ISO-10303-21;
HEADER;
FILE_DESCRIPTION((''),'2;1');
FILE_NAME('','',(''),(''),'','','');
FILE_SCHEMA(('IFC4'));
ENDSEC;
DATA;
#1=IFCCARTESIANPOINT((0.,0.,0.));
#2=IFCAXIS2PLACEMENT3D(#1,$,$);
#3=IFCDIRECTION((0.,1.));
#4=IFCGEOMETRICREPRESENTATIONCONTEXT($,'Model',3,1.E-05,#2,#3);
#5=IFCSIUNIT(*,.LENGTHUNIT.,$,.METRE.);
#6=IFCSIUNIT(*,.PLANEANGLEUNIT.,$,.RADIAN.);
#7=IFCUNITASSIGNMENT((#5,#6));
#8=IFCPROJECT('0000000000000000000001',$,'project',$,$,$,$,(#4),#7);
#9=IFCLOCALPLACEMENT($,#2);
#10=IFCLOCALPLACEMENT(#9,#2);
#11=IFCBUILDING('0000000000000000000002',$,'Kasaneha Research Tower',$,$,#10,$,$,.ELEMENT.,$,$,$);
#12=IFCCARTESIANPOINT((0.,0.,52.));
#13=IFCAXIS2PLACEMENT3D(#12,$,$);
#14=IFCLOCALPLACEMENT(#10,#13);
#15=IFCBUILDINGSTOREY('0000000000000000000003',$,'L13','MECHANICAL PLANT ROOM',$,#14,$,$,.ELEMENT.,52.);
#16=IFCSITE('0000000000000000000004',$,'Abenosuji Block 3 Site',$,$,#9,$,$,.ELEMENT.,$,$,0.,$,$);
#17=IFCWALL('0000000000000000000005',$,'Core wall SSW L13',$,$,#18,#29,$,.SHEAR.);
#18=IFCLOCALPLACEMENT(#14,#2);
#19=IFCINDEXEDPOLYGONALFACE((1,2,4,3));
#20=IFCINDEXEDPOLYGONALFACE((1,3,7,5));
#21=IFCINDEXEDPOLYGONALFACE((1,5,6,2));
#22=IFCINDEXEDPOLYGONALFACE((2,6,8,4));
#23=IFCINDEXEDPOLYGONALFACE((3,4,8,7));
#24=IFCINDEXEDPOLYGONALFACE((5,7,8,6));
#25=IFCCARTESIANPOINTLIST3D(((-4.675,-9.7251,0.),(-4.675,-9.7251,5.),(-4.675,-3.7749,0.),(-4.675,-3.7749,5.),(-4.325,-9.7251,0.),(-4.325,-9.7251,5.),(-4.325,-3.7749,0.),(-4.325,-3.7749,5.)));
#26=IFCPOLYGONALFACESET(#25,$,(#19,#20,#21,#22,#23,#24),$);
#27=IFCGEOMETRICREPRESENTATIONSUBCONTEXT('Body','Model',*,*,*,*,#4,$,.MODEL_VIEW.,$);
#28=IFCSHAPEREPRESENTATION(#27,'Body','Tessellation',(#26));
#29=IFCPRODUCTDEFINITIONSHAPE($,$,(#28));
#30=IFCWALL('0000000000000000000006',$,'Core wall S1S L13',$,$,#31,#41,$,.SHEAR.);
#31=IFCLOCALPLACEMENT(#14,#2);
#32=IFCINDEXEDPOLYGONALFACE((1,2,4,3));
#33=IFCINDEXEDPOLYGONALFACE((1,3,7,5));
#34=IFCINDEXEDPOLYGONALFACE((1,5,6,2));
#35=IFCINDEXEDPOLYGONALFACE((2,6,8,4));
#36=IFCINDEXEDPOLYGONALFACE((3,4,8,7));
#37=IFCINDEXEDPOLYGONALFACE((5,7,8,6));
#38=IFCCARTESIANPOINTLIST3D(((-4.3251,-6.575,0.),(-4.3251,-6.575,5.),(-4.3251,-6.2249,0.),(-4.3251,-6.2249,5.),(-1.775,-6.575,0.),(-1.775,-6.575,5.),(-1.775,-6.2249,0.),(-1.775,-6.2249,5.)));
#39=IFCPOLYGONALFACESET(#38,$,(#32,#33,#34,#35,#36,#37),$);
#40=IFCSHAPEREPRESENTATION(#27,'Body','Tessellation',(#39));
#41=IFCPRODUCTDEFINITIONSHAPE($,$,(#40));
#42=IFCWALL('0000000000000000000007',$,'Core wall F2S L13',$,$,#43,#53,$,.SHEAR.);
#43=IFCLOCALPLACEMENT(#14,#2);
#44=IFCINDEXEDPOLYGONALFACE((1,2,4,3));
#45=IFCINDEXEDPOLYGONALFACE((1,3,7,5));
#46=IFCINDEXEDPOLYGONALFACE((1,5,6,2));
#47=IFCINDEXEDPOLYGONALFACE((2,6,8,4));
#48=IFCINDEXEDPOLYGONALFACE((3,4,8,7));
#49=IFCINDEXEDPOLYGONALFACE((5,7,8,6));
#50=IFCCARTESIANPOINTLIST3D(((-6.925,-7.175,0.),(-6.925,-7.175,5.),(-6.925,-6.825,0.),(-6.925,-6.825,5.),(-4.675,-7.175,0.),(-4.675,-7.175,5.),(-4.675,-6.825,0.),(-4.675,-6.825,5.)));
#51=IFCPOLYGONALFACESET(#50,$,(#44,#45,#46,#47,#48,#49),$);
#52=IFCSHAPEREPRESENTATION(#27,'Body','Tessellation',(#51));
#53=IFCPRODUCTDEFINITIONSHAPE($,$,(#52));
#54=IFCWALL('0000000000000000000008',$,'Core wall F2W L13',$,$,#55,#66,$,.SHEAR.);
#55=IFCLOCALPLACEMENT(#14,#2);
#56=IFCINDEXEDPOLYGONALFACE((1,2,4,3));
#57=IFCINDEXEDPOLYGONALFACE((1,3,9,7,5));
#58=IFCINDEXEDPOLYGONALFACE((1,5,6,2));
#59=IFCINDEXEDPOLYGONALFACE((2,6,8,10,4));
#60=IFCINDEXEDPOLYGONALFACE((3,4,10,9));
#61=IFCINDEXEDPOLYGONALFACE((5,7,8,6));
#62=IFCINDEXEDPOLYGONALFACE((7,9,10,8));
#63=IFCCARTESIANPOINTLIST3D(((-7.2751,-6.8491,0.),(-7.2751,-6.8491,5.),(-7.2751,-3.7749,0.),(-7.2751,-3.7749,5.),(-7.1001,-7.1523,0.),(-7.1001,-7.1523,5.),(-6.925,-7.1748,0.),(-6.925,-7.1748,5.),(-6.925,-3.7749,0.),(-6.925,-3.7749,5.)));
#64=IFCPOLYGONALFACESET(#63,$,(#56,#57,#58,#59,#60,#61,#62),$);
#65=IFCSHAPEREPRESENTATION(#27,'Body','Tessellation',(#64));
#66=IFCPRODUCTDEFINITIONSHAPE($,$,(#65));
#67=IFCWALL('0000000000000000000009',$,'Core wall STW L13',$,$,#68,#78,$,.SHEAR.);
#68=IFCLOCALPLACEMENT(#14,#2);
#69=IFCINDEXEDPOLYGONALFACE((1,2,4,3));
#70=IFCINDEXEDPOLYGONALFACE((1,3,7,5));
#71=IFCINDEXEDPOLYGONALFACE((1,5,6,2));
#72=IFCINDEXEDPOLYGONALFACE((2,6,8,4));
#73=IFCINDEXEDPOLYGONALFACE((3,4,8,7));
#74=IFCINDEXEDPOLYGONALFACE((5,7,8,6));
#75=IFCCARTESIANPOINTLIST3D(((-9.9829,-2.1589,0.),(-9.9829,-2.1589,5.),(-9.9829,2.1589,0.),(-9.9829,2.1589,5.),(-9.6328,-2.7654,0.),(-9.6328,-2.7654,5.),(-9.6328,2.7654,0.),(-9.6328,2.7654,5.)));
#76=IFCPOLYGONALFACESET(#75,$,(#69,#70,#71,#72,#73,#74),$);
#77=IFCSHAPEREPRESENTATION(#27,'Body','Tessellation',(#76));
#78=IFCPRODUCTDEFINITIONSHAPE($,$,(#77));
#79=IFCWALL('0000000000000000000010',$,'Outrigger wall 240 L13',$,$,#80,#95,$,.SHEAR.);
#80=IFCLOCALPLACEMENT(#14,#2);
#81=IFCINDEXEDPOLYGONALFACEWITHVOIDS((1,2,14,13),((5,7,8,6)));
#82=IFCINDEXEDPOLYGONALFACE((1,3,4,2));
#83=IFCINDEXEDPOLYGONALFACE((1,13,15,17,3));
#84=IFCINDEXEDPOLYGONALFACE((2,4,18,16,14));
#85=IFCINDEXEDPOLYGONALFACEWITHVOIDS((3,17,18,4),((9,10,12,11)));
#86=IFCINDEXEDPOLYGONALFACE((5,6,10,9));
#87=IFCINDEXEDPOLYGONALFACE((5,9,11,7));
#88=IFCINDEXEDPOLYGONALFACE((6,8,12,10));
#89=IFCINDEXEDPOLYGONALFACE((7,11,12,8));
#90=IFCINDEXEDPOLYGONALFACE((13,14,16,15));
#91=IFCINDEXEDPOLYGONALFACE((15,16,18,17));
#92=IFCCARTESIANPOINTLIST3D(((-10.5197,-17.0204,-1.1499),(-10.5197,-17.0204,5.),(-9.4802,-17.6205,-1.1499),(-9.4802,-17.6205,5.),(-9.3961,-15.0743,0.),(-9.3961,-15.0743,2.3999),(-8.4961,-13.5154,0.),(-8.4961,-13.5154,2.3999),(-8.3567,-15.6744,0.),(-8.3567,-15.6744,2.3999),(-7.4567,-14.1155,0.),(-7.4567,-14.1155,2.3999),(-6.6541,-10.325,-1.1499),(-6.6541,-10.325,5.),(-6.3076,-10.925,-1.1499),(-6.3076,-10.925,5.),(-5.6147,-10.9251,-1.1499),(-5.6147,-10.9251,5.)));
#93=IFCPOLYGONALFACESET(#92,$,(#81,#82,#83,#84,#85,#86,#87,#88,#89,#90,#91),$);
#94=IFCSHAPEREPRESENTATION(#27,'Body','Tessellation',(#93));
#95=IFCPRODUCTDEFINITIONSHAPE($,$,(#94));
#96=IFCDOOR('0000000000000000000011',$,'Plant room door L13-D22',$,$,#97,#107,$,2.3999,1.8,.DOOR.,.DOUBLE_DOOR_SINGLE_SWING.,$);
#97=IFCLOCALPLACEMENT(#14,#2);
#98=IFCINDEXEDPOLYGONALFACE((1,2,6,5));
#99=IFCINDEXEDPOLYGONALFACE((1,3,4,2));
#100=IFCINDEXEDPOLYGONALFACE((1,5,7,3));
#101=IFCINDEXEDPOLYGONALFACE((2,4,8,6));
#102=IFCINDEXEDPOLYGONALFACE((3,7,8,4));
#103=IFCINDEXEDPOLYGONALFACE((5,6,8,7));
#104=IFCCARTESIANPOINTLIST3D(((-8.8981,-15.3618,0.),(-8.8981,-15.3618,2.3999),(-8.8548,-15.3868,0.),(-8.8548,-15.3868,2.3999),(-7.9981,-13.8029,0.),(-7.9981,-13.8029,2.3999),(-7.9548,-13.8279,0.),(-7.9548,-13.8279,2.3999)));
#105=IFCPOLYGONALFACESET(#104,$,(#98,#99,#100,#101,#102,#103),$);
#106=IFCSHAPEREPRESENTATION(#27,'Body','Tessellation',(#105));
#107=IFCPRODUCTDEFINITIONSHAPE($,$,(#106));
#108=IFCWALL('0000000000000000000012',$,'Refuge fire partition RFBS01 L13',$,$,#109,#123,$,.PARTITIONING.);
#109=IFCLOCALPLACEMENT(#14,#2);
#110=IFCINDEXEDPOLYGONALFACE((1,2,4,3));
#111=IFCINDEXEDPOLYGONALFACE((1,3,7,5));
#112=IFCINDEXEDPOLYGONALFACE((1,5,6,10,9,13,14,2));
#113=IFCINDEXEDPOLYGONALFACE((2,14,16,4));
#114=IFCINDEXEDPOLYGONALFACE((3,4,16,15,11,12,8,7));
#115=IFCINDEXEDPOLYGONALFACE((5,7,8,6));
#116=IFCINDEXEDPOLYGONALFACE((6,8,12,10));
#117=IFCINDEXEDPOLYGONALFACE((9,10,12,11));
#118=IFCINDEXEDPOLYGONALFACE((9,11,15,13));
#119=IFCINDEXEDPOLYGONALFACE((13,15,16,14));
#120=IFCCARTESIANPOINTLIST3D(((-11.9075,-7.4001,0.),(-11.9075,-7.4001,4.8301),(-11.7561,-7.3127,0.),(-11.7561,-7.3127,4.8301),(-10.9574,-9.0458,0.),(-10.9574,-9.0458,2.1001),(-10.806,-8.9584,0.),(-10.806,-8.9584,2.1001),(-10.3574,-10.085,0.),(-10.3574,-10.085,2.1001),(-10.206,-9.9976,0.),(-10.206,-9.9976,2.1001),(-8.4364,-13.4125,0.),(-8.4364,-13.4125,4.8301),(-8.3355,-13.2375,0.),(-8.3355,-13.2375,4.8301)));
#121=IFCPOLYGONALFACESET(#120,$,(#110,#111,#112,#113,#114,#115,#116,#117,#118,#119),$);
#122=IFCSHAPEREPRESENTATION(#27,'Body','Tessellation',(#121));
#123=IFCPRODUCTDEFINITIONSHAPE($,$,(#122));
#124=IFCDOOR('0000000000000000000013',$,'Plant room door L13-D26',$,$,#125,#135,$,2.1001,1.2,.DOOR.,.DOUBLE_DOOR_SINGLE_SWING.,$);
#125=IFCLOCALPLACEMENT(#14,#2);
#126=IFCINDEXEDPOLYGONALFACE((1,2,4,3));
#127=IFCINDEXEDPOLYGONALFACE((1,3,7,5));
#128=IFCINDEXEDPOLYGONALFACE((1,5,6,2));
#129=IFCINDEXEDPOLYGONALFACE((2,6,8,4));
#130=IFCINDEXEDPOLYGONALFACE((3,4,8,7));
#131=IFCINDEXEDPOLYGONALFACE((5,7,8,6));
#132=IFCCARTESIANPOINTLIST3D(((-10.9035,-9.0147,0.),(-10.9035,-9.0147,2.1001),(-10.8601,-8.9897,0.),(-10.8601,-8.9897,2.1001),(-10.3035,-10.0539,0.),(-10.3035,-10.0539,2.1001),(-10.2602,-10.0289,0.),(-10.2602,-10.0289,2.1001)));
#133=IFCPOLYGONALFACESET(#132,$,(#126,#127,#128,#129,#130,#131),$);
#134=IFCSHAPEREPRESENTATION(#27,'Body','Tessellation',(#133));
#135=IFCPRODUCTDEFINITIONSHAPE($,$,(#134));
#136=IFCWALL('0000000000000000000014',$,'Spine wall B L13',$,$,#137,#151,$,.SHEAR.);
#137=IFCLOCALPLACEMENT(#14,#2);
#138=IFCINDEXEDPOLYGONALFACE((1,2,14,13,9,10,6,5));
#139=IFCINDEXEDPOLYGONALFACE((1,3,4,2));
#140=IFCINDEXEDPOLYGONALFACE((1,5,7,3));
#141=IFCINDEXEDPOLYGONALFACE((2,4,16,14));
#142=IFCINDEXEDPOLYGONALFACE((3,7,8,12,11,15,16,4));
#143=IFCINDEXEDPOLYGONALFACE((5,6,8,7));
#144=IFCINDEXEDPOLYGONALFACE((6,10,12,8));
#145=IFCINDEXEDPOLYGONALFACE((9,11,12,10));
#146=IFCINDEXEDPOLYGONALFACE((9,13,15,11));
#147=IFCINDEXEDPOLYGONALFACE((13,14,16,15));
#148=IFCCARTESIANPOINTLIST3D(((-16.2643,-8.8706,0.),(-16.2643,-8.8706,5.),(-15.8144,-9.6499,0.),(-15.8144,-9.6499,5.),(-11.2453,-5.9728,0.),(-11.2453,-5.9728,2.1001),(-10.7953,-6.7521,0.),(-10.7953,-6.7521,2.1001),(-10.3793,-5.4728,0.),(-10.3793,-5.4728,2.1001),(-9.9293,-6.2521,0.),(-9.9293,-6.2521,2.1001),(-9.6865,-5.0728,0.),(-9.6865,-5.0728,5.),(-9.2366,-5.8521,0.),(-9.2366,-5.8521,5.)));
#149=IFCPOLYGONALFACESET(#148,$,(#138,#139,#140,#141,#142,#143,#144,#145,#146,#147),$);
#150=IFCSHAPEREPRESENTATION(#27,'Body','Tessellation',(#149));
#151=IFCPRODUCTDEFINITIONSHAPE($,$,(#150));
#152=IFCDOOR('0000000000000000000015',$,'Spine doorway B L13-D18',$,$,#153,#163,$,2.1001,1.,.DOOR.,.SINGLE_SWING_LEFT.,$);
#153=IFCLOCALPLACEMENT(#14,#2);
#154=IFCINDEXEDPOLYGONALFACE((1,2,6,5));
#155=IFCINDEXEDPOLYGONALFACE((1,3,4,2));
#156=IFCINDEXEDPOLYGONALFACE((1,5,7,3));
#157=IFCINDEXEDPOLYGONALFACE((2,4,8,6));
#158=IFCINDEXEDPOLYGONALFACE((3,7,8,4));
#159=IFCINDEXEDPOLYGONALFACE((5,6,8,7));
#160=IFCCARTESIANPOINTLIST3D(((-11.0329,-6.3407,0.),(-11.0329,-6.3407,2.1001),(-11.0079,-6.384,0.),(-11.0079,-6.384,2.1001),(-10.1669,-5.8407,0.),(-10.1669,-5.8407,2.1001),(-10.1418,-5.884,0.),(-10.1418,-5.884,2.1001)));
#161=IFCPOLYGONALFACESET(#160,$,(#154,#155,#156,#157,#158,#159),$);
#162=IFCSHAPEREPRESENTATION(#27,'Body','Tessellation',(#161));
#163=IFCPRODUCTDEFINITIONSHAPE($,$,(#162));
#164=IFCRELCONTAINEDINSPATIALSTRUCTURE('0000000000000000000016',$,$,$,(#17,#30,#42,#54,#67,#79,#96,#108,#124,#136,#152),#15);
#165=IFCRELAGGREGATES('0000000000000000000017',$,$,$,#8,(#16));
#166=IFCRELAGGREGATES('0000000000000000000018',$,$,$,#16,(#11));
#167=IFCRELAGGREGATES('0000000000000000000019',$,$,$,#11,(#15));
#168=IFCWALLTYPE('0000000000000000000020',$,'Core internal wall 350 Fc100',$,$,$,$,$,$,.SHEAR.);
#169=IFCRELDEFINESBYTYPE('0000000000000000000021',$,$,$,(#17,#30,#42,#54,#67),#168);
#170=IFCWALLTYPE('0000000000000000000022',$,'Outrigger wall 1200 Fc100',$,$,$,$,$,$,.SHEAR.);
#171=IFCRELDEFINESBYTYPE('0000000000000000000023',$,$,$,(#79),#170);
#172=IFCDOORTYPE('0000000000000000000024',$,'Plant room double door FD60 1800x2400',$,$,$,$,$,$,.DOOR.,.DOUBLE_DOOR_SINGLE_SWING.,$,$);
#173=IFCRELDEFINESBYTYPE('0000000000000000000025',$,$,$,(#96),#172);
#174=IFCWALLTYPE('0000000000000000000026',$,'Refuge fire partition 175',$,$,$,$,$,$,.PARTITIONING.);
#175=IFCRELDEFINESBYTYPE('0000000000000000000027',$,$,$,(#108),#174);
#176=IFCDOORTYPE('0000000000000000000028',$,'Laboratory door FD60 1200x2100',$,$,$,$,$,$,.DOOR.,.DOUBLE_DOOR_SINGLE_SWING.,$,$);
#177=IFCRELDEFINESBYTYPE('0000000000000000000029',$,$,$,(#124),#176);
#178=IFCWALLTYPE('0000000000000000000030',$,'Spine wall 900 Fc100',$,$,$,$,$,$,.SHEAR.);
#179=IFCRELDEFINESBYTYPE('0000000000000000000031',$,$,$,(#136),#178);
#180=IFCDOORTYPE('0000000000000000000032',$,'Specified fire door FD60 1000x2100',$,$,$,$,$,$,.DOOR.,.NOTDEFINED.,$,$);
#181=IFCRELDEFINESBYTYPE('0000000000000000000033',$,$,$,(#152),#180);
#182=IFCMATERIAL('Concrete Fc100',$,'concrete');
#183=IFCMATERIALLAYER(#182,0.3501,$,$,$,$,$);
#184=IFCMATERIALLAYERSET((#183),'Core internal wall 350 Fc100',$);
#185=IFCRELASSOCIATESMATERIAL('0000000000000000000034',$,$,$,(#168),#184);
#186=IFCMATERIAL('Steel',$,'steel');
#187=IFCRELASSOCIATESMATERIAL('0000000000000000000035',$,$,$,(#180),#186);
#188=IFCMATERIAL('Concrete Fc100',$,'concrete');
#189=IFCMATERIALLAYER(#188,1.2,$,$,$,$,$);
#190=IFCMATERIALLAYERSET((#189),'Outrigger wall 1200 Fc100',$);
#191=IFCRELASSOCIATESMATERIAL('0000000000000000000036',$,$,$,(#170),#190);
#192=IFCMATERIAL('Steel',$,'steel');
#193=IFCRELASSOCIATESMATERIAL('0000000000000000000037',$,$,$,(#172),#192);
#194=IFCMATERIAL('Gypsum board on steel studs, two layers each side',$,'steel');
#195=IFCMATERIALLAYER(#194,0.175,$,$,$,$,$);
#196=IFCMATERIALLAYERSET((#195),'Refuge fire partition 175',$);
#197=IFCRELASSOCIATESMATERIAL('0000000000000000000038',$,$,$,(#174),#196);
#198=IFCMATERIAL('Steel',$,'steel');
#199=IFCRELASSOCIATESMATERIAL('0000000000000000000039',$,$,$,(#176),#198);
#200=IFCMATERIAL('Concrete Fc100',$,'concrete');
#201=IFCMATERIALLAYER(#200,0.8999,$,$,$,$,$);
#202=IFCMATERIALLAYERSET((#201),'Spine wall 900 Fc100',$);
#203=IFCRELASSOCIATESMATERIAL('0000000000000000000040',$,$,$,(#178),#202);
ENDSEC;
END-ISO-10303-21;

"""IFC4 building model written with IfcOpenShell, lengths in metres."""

from ifc_helpers import new_model, si_unit, direction, frame, frame_2d, origin, place, context, subcontext, project, spatial, polyline, rectangle, outline, extrude, material, layer, layer_set, type_object, element, fill, save


model = new_model("IFC4")

# Units and contexts
model_context = context("Model", 3, precision=1e-05, world=origin(), true_north=direction((0.0, 1.0)))
body_context = subcontext(model_context, "Body", "Model", "MODEL_VIEW")
ifc_project = project(units=[si_unit("LENGTHUNIT", "METRE"), si_unit("PLANEANGLEUNIT", "RADIAN")], contexts=[model_context])

# Site, building, storey
site_placement = place(None, origin())
site = spatial("IfcSite", under=ifc_project, at=site_placement, Name="Abenosuji Block 3 Site", CompositionType="ELEMENT", RefElevation=0.0)
building_placement = place(site_placement, origin())
building = spatial("IfcBuilding", under=site, at=building_placement, Name="Kasaneha Research Tower", CompositionType="ELEMENT")
storey_placement = place(building_placement, frame((0.0, 0.0, 52.0)))
storey = spatial("IfcBuildingStorey", under=building, at=storey_placement, Name="L13", Description="MECHANICAL PLANT ROOM", CompositionType="ELEMENT", Elevation=52.0)

# Shared definitions
ifc_material_1 = material(Name="Concrete Fc100", Category="concrete")
ifc_layer_1 = layer(ifc_material_1, 0.3501)
ifc_layer_set_1 = layer_set([ifc_layer_1], Name="Core internal wall 350 Fc100")
wall_type_1 = type_object("IfcWallType", Name="Core internal wall 350 Fc100", PredefinedType="SHEAR", material=ifc_layer_set_1)
ifc_material_2 = material(Name="Steel", Category="steel")
door_type_1 = type_object("IfcDoorType", Name="Specified fire door FD60 1000x2100", OperationType="NOTDEFINED", PredefinedType="DOOR", material=ifc_material_2)

# Walls
wall_1_placement = place(storey_placement, frame((-4.5, -3.7749, 0.0), z_axis=(0.0, 0.0, 1.0), x_axis=(0.0, -1.0, 0.0)))
element("IfcWall", 1, at=wall_1_placement, inside=storey, type_object=wall_type_1, Name="Core wall SSW L13", PredefinedType="SHEAR", context=body_context, shape_type="SweptSolid", body=[
    extrude(rectangle(XDim=5.9502, YDim=0.3501, at=frame_2d((2.9751, 0.0))), origin(), (0.0, 0.0, 1.0), 5.0),
])
wall_2_placement = place(storey_placement, frame((-4.325, -6.3999, 0.0), z_axis=(0.0, 0.0, 1.0), x_axis=(1.0, 0.0, 0.0)))
element("IfcWall", 2, at=wall_2_placement, inside=storey, type_object=wall_type_1, Name="Core wall S1S L13", PredefinedType="SHEAR", context=body_context, shape_type="SweptSolid", body=[
    extrude(rectangle(XDim=2.55, YDim=0.3501, at=frame_2d((1.2749, 0.0))), origin(), (0.0, 0.0, 1.0), 5.0),
])
wall_3_placement = place(storey_placement, frame((-6.925, -7.0, 0.0), z_axis=(0.0, 0.0, 1.0), x_axis=(1.0, 0.0, 0.0)))
element("IfcWall", 3, at=wall_3_placement, inside=storey, type_object=wall_type_1, Name="Core wall F2S L13", PredefinedType="SHEAR", context=body_context, shape_type="SweptSolid", body=[
    extrude(rectangle(XDim=2.25, YDim=0.3501, at=frame_2d((1.125, 0.0))), origin(), (0.0, 0.0, 1.0), 5.0),
])
wall_4_placement = place(storey_placement, frame((-7.1001, -3.7749, 0.0), z_axis=(0.0, 0.0, 1.0), x_axis=(0.0, -1.0, 0.0)))
element("IfcWall", 4, at=wall_4_placement, inside=storey, type_object=wall_type_1, Name="Core wall F2W L13", PredefinedType="SHEAR", context=body_context, shape_type="SweptSolid", body=[
    extrude(outline(polyline([(0.0, -0.175), (3.0742, -0.175), (3.3774, 0.0), (3.3999, 0.175), (0.0, 0.175), (0.0, -0.175)])), origin(), (0.0, 0.0, 1.0), 5.0),
])
wall_5_placement = place(storey_placement, frame((-9.8079, -2.4622, 0.0), z_axis=(0.0, 0.0, 1.0), x_axis=(0.0, 1.0, 0.0)))
element("IfcWall", 5, at=wall_5_placement, inside=storey, type_object=wall_type_1, Name="Core wall STW L13", PredefinedType="SHEAR", context=body_context, shape_type="SweptSolid", body=[
    extrude(outline(polyline([(-0.3032, -0.175), (5.2275, -0.175), (4.6211, 0.175), (0.3032, 0.175), (-0.3032, -0.175)])), origin(), (0.0, 0.0, 1.0), 5.0),
])

# Walls, openings, doors
ifc_material_3 = material(Name="Concrete Fc100", Category="concrete")
ifc_layer_2 = layer(ifc_material_3, 1.2)
ifc_layer_set_2 = layer_set([ifc_layer_2], Name="Outrigger wall 1200 Fc100")
wall_type_2 = type_object("IfcWallType", Name="Outrigger wall 1200 Fc100", PredefinedType="SHEAR", material=ifc_layer_set_2)
wall_6_placement = place(storey_placement, frame((-6.3076, -10.925, -1.1499), z_axis=(0.0, 0.0, 1.0), x_axis=(-0.499993, -0.866029, 0.0)))
wall_6 = element("IfcWall", 6, at=wall_6_placement, inside=storey, type_object=wall_type_2, Name="Outrigger wall 240 L13", PredefinedType="SHEAR", context=body_context, shape_type="SweptSolid", body=[
    extrude(outline(polyline([(-0.3464, -0.6001), (3.3376, -0.6001), (5.1377, -0.6001), (7.3848, -0.6001), (7.3848, 0.6001), (5.1377, 0.6001), (3.3376, 0.6001), (-0.3464, 0.6001), (0.0, 0.0), (-0.3464, -0.6001)])), origin(), (0.0, 0.0, 1.0), 6.1499),
])
opening_1_placement = place(wall_6_placement, frame((3.3376, 0.0, 1.1499)))
opening_1 = element("IfcOpeningElement", 7, at=opening_1_placement, cuts=wall_6, PredefinedType="OPENING", context=body_context, shape_type="SweptSolid", body=[
    extrude(rectangle(XDim=1.8, YDim=2.3999, at=frame_2d((0.8999, 1.2))), frame((0.0, 0.6099, 0.0), z_axis=(0.0, -1.0, 0.0), x_axis=(1.0, 0.0, 0.0)), (0.0, 0.0, 1.0), 1.22),
])
ifc_material_4 = material(Name="Steel", Category="steel")
door_type_2 = type_object("IfcDoorType", Name="Plant room double door FD60 1800x2400", OperationType="DOUBLE_DOOR_SINGLE_SWING", PredefinedType="DOOR", material=ifc_material_4)
door_1_placement = place(opening_1_placement, origin())
door_1 = element("IfcDoor", 8, at=door_1_placement, inside=storey, type_object=door_type_2, Name="Plant room door L13-D22", OperationType="DOUBLE_DOOR_SINGLE_SWING", OverallHeight=2.3999, OverallWidth=1.8, PredefinedType="DOOR", context=body_context, shape_type="SweptSolid", body=[
    extrude(rectangle(XDim=1.8, YDim=2.3999, at=frame_2d((0.8999, 1.2))), frame((0.0, 0.0249, 0.0), z_axis=(0.0, -1.0, 0.0), x_axis=(1.0, 0.0, 0.0)), (0.0, 0.0, 1.0), 0.05),
])
fill(opening_1, door_1)
ifc_material_5 = material(Name="Gypsum board on steel studs, two layers each side", Category="steel")
ifc_layer_3 = layer(ifc_material_5, 0.175)
ifc_layer_set_3 = layer_set([ifc_layer_3], Name="Refuge fire partition 175")
wall_type_3 = type_object("IfcWallType", Name="Refuge fire partition 175", PredefinedType="PARTITIONING", material=ifc_layer_set_3)
wall_7_placement = place(storey_placement, frame((-11.8318, -7.3564, 0.0), z_axis=(0.0, 0.0, 1.0), x_axis=(0.499987, -0.866033, 0.0)))
wall_7 = element("IfcWall", 9, at=wall_7_placement, inside=storey, type_object=wall_type_3, Name="Refuge fire partition RFBS01 L13", PredefinedType="PARTITIONING", context=body_context, shape_type="SweptSolid", body=[
    extrude(outline(polyline([(0.0, -0.0874), (1.9001, -0.0874), (3.1001, -0.0874), (6.9424, -0.0874), (6.8413, 0.0874), (3.1001, 0.0874), (1.9001, 0.0874), (0.0, 0.0874), (0.0, -0.0874)])), origin(), (0.0, 0.0, 1.0), 4.8301),
])
opening_2_placement = place(wall_7_placement, frame((1.9001, 0.0, 0.0)))
opening_2 = element("IfcOpeningElement", 10, at=opening_2_placement, cuts=wall_7, PredefinedType="OPENING", context=body_context, shape_type="SweptSolid", body=[
    extrude(rectangle(XDim=1.2, YDim=2.1001, at=frame_2d((0.6001, 1.05))), frame((0.0, 0.0977, 0.0), z_axis=(0.0, -1.0, 0.0), x_axis=(1.0, 0.0, 0.0)), (0.0, 0.0, 1.0), 0.1951),
])
ifc_material_6 = material(Name="Steel", Category="steel")
door_type_3 = type_object("IfcDoorType", Name="Laboratory door FD60 1200x2100", OperationType="DOUBLE_DOOR_SINGLE_SWING", PredefinedType="DOOR", material=ifc_material_6)
door_2_placement = place(opening_2_placement, origin())
door_2 = element("IfcDoor", 11, at=door_2_placement, inside=storey, type_object=door_type_3, Name="Plant room door L13-D26", OperationType="DOUBLE_DOOR_SINGLE_SWING", OverallHeight=2.1001, OverallWidth=1.2, PredefinedType="DOOR", context=body_context, shape_type="SweptSolid", body=[
    extrude(rectangle(XDim=1.2, YDim=2.1001, at=frame_2d((0.6001, 1.05))), frame((0.0, 0.0249, 0.0), z_axis=(0.0, -1.0, 0.0), x_axis=(1.0, 0.0, 0.0)), (0.0, 0.0, 1.0), 0.05),
])
fill(opening_2, door_2)
ifc_material_7 = material(Name="Concrete Fc100", Category="concrete")
ifc_layer_4 = layer(ifc_material_7, 0.8999)
ifc_layer_set_4 = layer_set([ifc_layer_4], Name="Spine wall 900 Fc100")
wall_type_4 = type_object("IfcWallType", Name="Spine wall 900 Fc100", PredefinedType="SHEAR", material=ifc_layer_set_4)
wall_8_placement = place(storey_placement, frame((-9.4614, -5.4624, 0.0), z_axis=(0.0, 0.0, 1.0), x_axis=(-0.866019, -0.500011, 0.0)))
wall_8 = element("IfcWall", 12, at=wall_8_placement, inside=storey, type_object=wall_type_4, Name="Spine wall B L13", PredefinedType="SHEAR", context=body_context, shape_type="SweptSolid", body=[
    extrude(rectangle(XDim=7.5955, YDim=0.8999, at=frame_2d((3.7979, 0.0))), origin(), (0.0, 0.0, 1.0), 5.0),
])
opening_3_placement = place(wall_8_placement, frame((0.8, 0.0, 0.0)))
opening_3 = element("IfcOpeningElement", 13, at=opening_3_placement, cuts=wall_8, PredefinedType="OPENING", context=body_context, shape_type="SweptSolid", body=[
    extrude(rectangle(XDim=1.0, YDim=2.1001, at=frame_2d((0.5, 1.05))), frame((0.0, 0.46, 0.0), z_axis=(0.0, -1.0, 0.0), x_axis=(1.0, 0.0, 0.0)), (0.0, 0.0, 1.0), 0.9199),
])
door_3_placement = place(opening_3_placement, origin())
door_3 = element("IfcDoor", 14, at=door_3_placement, inside=storey, type_object=door_type_1, Name="Spine doorway B L13-D18", OperationType="SINGLE_SWING_LEFT", OverallHeight=2.1001, OverallWidth=1.0, PredefinedType="DOOR", context=body_context, shape_type="SweptSolid", body=[
    extrude(rectangle(XDim=1.0, YDim=2.1001, at=frame_2d((0.5, 1.05))), frame((0.0, 0.0249, 0.0), z_axis=(0.0, -1.0, 0.0), x_axis=(1.0, 0.0, 0.0)), (0.0, 0.0, 1.0), 0.05),
])
fill(opening_3, door_3)

save(model, "model.ifc")
